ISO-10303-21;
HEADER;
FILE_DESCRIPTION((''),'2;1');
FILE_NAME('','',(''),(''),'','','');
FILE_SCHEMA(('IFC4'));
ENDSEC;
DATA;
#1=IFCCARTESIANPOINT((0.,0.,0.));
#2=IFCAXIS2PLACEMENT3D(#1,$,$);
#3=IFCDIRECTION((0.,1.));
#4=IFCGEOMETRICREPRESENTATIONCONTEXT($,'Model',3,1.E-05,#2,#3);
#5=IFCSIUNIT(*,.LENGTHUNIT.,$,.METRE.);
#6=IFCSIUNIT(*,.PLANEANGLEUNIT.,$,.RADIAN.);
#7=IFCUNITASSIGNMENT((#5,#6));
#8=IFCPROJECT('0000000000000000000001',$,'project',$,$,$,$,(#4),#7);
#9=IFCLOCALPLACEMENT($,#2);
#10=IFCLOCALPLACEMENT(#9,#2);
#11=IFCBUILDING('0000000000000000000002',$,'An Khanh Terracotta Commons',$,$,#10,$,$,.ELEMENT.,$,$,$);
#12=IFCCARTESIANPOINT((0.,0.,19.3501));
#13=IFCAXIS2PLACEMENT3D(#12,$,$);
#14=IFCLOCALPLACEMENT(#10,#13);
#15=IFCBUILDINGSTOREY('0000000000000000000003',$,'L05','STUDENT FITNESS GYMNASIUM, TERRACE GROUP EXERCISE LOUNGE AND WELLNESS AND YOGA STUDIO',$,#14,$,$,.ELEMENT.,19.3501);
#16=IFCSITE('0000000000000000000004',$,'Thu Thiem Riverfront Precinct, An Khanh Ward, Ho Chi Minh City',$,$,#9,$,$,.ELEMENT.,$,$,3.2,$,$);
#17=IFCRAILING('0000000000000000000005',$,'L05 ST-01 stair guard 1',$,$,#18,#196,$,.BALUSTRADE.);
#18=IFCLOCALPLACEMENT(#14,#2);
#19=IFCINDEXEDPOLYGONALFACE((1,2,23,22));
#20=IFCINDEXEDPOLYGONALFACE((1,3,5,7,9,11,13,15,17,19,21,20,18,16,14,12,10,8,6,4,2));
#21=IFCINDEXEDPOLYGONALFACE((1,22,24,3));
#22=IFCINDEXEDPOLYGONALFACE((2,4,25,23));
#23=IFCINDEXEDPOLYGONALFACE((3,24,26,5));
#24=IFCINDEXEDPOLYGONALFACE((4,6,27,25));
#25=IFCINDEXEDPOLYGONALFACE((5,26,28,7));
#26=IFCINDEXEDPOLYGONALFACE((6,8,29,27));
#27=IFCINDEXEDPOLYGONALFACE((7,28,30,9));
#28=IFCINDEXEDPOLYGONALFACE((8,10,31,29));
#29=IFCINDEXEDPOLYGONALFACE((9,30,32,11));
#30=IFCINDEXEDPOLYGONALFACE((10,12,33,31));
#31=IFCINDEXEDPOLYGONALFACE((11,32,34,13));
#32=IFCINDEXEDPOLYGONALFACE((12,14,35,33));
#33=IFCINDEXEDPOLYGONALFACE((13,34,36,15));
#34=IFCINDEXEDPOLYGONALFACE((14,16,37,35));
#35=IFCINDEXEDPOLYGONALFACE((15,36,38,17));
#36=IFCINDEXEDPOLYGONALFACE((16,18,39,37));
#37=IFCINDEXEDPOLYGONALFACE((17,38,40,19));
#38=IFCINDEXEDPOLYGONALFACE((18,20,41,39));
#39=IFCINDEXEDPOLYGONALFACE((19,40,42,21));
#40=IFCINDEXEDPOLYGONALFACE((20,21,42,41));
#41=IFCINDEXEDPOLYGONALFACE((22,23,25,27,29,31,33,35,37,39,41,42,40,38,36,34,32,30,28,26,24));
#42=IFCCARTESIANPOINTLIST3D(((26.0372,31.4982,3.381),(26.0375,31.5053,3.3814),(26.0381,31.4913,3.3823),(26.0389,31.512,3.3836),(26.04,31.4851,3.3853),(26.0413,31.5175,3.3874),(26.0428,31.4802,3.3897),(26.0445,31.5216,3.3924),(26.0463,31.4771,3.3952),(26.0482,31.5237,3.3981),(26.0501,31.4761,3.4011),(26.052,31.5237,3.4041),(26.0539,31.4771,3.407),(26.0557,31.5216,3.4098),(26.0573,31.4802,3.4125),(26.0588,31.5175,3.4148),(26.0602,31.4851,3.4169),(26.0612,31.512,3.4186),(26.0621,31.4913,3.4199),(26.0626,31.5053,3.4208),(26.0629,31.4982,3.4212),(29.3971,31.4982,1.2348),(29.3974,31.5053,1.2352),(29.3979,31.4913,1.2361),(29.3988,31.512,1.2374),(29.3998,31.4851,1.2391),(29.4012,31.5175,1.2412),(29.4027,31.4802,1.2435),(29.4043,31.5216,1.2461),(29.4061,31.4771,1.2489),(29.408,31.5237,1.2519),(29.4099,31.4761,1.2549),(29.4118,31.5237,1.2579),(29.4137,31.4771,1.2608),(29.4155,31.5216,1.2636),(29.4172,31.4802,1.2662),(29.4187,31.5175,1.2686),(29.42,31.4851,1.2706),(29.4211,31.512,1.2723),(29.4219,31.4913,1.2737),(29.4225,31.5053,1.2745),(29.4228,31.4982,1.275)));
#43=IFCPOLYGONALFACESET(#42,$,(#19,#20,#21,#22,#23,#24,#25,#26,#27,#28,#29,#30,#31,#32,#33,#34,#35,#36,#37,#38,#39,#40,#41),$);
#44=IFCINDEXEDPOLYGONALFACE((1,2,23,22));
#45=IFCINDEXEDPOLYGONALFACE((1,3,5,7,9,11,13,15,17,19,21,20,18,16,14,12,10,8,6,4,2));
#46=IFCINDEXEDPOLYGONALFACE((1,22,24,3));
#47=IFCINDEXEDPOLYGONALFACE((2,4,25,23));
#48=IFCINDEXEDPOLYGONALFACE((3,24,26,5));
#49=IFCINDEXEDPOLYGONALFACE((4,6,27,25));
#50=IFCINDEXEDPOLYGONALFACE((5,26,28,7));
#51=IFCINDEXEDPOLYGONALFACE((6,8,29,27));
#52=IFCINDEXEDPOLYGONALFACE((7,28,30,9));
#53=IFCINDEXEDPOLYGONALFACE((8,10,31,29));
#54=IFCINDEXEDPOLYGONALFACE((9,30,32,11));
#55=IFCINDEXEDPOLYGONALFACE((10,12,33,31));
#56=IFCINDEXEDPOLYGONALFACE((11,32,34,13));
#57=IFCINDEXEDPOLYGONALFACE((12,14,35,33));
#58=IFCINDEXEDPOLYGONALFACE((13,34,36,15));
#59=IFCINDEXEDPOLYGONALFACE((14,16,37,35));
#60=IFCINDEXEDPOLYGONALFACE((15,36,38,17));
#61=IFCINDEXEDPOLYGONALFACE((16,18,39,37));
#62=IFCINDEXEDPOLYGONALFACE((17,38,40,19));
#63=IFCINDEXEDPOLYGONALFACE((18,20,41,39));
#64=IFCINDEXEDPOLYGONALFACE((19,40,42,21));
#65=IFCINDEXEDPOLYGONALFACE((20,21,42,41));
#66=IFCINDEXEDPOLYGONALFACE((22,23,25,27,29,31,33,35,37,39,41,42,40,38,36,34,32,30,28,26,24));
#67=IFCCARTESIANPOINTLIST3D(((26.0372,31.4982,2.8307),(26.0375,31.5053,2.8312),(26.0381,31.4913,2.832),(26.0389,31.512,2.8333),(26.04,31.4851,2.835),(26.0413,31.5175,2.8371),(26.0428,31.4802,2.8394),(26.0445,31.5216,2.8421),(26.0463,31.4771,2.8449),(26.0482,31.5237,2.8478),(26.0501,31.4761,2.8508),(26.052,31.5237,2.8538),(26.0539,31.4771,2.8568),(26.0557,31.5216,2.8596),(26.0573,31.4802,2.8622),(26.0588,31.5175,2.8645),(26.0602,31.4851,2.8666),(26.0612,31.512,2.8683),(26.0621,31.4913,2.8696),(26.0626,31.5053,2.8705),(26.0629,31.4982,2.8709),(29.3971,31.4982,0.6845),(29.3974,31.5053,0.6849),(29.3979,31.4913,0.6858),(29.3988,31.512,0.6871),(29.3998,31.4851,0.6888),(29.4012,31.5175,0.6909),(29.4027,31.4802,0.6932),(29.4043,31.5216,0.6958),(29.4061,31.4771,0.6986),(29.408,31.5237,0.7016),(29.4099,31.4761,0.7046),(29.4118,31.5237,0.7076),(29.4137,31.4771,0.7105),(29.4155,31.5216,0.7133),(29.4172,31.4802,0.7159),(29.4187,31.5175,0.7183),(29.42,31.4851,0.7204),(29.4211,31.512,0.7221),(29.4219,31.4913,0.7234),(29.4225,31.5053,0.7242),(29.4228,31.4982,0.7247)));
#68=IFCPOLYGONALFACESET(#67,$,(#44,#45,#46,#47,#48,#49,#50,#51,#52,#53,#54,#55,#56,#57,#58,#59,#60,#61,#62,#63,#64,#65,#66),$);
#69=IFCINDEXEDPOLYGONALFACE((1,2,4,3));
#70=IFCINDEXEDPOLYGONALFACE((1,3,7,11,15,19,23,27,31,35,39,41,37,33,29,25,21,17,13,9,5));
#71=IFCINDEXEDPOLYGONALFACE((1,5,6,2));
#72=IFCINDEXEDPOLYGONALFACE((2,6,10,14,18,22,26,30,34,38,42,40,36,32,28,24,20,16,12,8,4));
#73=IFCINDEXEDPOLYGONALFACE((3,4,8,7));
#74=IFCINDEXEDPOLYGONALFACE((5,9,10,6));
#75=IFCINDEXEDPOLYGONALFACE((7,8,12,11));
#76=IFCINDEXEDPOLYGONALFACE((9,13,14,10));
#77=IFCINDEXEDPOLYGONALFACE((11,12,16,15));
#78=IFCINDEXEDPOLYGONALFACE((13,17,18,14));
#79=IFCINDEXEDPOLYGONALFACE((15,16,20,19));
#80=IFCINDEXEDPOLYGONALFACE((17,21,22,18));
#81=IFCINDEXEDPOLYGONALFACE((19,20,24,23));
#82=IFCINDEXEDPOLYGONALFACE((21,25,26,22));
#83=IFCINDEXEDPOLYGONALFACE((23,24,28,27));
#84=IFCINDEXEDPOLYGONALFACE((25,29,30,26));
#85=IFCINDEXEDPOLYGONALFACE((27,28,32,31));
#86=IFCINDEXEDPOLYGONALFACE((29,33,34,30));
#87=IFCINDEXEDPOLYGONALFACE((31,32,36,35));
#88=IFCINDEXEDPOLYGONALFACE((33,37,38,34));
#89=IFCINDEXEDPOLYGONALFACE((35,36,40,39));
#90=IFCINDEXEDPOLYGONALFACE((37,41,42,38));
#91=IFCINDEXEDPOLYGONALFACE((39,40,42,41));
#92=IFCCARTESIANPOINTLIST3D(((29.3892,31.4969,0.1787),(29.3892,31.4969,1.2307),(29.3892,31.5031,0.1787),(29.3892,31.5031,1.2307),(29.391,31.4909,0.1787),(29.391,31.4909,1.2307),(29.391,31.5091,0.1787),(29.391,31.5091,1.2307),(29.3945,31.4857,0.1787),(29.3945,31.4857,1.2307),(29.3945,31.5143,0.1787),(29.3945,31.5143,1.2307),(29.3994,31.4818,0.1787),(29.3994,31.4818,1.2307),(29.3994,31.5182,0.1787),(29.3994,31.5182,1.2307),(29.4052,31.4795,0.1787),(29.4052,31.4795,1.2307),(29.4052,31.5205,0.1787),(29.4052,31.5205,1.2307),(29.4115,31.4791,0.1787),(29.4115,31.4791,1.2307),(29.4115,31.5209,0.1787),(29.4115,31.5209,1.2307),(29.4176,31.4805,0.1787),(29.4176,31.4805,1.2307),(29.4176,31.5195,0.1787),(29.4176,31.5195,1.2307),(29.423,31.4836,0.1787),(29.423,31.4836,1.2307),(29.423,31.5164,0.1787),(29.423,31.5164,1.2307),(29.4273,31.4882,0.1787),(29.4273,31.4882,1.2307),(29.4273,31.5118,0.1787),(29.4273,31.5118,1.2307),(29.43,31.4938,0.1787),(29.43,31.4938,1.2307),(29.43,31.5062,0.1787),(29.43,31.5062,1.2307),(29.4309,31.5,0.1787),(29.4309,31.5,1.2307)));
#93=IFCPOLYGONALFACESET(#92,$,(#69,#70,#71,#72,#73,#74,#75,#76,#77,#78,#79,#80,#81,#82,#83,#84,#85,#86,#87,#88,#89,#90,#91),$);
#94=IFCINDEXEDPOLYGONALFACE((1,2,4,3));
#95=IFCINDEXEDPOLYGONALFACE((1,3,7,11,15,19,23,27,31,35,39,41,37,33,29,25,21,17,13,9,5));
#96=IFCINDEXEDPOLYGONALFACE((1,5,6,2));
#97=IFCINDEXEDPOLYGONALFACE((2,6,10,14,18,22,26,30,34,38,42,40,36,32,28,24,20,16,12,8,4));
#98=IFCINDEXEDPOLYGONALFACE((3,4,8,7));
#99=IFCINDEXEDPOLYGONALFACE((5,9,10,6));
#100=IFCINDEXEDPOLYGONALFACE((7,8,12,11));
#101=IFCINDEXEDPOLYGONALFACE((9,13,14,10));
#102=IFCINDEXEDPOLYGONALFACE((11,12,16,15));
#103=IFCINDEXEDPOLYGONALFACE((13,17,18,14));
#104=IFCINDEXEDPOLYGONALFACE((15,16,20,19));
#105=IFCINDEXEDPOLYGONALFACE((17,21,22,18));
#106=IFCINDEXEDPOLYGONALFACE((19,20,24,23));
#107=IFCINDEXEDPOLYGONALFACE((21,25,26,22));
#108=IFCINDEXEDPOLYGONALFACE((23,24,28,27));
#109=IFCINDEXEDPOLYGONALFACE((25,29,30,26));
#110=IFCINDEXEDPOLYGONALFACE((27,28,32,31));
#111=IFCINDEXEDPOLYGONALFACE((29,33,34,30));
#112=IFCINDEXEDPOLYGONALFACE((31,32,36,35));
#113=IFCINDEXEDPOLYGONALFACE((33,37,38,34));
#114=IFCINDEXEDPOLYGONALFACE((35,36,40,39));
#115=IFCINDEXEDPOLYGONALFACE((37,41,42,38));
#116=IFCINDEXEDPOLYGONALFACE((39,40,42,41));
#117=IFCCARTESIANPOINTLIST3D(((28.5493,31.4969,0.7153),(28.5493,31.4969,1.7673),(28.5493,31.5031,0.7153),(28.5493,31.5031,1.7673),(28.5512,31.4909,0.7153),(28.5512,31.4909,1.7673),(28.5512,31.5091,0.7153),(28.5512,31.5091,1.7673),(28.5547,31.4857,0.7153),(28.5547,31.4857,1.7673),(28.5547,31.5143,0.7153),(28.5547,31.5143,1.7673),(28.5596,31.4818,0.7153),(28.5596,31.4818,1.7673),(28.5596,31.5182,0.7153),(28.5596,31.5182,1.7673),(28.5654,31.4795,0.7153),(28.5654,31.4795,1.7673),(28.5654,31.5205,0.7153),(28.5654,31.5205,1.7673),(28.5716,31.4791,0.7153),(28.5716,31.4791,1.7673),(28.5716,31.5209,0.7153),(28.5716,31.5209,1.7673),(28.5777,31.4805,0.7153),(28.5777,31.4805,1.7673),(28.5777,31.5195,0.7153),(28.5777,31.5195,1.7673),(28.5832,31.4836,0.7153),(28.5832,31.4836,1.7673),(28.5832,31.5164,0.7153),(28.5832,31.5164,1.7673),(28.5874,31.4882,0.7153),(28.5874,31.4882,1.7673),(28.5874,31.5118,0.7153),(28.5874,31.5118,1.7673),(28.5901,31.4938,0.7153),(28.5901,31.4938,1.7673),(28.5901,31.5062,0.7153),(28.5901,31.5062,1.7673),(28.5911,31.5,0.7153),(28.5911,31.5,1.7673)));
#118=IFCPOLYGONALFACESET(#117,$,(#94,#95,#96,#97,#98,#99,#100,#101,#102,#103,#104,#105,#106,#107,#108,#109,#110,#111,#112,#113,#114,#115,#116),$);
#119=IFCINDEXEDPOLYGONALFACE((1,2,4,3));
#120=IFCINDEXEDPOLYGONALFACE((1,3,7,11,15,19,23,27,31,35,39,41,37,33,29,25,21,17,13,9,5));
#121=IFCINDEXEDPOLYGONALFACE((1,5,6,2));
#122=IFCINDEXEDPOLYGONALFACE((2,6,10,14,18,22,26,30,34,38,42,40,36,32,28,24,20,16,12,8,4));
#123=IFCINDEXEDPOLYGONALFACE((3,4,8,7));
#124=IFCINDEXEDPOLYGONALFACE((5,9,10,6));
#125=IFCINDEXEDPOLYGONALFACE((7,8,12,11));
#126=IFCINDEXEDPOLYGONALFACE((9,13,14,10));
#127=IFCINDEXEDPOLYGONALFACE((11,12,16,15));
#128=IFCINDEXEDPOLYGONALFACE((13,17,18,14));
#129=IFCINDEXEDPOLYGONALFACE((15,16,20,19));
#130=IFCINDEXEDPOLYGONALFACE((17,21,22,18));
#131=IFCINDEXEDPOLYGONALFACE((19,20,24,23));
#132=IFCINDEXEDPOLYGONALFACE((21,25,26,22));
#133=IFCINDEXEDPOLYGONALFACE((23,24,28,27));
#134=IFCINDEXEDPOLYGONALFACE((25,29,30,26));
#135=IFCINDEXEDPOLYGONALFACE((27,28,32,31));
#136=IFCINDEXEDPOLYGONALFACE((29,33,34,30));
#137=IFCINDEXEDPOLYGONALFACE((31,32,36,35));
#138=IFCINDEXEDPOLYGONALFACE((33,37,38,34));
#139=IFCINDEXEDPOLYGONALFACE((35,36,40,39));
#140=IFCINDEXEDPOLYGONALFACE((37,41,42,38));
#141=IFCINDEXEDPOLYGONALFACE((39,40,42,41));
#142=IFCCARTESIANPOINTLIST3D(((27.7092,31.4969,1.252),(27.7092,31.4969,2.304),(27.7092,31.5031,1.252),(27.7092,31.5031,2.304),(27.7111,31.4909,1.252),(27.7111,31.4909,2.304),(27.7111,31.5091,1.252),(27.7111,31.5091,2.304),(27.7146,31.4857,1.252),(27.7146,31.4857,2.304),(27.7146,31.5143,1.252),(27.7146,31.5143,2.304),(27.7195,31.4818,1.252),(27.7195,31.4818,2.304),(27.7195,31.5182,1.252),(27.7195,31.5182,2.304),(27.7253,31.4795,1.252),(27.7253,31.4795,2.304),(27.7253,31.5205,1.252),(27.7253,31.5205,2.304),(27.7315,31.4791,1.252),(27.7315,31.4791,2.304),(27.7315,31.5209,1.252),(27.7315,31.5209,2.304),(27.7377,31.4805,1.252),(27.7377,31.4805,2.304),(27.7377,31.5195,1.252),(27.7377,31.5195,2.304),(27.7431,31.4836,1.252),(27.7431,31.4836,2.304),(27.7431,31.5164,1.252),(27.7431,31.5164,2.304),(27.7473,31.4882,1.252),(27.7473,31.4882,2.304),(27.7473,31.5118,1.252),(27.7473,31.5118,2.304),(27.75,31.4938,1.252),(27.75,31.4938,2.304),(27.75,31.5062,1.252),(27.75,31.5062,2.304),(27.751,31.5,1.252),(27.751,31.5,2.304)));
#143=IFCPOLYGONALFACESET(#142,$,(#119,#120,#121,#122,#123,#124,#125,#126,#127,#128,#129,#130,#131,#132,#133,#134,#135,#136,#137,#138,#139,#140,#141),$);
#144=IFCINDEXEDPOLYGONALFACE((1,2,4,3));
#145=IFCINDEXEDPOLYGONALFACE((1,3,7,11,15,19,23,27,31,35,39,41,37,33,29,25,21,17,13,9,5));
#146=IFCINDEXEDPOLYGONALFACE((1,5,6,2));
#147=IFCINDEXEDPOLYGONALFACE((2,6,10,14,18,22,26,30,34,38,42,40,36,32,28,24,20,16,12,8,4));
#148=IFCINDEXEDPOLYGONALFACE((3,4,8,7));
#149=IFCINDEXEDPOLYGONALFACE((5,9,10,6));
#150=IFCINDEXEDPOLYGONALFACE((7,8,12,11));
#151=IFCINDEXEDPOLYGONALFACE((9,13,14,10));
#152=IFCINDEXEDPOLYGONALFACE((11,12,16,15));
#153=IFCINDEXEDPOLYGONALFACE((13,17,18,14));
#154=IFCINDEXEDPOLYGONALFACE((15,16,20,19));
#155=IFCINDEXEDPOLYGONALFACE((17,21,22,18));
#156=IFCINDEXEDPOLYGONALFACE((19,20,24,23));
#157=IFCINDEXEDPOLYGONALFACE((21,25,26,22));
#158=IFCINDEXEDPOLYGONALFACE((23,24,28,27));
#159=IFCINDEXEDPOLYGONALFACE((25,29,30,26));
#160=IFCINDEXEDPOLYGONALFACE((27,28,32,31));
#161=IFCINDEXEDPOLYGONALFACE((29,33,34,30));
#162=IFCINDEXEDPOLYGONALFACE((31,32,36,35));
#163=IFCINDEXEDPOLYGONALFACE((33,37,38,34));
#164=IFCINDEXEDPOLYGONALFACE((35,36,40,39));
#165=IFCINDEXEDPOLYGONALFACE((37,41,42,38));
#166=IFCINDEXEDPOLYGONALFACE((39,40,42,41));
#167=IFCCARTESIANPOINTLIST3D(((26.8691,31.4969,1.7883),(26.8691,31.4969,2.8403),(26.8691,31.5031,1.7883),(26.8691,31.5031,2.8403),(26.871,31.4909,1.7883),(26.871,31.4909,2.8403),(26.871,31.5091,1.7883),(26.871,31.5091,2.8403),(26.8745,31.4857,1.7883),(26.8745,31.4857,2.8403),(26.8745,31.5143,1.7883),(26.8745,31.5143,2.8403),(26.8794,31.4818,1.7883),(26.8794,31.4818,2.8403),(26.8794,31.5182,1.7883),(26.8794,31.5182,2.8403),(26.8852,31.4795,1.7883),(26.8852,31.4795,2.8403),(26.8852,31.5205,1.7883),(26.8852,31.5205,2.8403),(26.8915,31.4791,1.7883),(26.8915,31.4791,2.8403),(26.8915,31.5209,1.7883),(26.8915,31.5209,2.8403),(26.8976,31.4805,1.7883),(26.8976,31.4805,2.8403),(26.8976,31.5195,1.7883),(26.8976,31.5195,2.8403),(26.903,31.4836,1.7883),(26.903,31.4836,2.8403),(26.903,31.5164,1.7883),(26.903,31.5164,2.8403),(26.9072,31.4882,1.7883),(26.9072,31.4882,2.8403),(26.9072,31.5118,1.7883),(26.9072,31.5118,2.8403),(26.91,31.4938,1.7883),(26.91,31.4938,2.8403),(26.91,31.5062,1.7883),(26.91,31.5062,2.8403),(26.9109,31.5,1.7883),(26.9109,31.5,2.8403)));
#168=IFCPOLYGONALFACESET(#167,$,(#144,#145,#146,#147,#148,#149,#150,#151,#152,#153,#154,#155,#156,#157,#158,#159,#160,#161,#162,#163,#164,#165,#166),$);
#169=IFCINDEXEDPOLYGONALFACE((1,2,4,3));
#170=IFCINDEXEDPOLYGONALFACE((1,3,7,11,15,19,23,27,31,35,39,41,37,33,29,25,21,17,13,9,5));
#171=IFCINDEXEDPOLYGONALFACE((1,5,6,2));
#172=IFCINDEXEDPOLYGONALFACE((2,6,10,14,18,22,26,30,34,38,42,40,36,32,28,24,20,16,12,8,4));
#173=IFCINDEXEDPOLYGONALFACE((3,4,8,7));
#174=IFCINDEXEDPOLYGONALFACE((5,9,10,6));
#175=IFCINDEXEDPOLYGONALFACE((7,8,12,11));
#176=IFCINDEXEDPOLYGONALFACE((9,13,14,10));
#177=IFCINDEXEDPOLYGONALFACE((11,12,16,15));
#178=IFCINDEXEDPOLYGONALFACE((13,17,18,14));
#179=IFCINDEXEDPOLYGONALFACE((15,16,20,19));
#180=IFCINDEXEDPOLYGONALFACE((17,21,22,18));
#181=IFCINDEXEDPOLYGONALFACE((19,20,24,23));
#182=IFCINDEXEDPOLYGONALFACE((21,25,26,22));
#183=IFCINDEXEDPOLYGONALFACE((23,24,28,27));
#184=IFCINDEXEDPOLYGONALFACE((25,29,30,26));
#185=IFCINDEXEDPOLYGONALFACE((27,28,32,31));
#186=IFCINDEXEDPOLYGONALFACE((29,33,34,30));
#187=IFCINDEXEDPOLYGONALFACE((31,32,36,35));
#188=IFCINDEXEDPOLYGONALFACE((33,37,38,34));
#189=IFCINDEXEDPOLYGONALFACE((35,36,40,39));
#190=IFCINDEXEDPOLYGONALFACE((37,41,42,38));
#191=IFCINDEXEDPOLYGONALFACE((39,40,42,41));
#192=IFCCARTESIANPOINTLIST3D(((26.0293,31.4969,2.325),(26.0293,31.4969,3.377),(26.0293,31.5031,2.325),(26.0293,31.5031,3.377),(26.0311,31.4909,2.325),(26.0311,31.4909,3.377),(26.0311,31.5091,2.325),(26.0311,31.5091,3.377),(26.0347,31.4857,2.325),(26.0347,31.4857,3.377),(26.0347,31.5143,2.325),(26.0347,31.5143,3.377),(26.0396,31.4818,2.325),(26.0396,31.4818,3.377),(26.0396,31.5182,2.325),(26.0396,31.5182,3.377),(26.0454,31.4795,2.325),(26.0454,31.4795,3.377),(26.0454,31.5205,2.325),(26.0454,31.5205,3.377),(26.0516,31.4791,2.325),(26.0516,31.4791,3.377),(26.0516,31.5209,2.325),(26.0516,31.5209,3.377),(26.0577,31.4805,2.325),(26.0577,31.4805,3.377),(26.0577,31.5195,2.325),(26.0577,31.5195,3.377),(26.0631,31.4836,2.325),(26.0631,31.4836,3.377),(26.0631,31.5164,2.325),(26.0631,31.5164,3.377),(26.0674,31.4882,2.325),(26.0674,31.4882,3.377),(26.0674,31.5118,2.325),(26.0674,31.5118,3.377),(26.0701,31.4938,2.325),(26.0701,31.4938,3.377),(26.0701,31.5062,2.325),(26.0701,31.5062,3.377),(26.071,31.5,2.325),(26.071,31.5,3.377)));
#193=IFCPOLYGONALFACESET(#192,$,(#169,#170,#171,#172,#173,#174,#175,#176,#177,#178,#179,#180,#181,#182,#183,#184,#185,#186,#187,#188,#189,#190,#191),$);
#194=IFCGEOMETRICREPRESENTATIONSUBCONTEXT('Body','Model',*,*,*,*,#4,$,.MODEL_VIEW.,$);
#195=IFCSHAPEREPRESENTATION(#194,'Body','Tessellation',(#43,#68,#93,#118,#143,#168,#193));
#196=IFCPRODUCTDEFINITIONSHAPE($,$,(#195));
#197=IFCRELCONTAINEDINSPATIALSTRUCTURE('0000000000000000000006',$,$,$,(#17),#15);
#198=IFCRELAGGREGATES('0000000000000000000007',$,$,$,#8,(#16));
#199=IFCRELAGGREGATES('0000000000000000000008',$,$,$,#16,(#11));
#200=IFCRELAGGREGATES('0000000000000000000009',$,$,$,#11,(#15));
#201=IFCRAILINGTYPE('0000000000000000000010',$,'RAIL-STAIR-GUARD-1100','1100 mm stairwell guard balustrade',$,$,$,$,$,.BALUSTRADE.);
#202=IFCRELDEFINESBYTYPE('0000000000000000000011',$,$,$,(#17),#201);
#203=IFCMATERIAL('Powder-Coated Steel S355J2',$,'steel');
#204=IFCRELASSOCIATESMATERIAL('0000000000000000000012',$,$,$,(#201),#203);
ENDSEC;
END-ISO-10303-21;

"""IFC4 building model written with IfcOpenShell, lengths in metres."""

from ifc_helpers import new_model, si_unit, direction, frame, origin, origin_2d, place, context, subcontext, project, spatial, circle, extrude, material, type_object, element, save


model = new_model("IFC4")

# Units and contexts
model_context = context("Model", 3, precision=1e-05, world=origin(), true_north=direction((0.0, 1.0)))
body_context = subcontext(model_context, "Body", "Model", "MODEL_VIEW")
ifc_project = project(units=[si_unit("LENGTHUNIT", "METRE"), si_unit("PLANEANGLEUNIT", "RADIAN")], contexts=[model_context])

# Site, building, storey
site_placement = place(None, origin())
site = spatial("IfcSite", under=ifc_project, at=site_placement, Name="Thu Thiem Riverfront Precinct, An Khanh Ward, Ho Chi Minh City", CompositionType="ELEMENT", RefElevation=3.2)
building_placement = place(site_placement, origin())
building = spatial("IfcBuilding", under=site, at=building_placement, Name="An Khanh Terracotta Commons", CompositionType="ELEMENT")
storey_placement = place(building_placement, frame((0.0, 0.0, 19.3501)))
storey = spatial("IfcBuildingStorey", under=building, at=storey_placement, Name="L05", Description="STUDENT FITNESS GYMNASIUM, TERRACE GROUP EXERCISE LOUNGE AND WELLNESS AND YOGA STUDIO", CompositionType="ELEMENT", Elevation=19.3501)

# Railing
ifc_material_1 = material(Name="Powder-Coated Steel S355J2", Category="steel")
railing_type_1 = type_object("IfcRailingType", Name="RAIL-STAIR-GUARD-1100", Description="1100 mm stairwell guard balustrade", PredefinedType="BALUSTRADE", material=ifc_material_1)
railing_1_placement = place(storey_placement, frame((29.4099, 31.5, 0.1787)))
element("IfcRailing", 1, at=railing_1_placement, inside=storey, type_object=railing_type_1, Name="L05 ST-01 stair guard 1", PredefinedType="BALUSTRADE", context=body_context, shape_type="SweptSolid", body=[
    extrude(circle(Radius=0.0239, at=origin_2d()), frame((0.0, 0.0, 1.0762), z_axis=(-0.842735, 0.0, 0.538329), x_axis=(0.0, -1.0, 0.0)), (0.0, 0.0, 1.0), 3.9868),
    extrude(circle(Radius=0.0239, at=origin_2d()), frame((0.0, 0.0, 0.5259), z_axis=(-0.842735, 0.0, 0.538329), x_axis=(0.0, -1.0, 0.0)), (0.0, 0.0, 1.0), 3.9868),
    extrude(circle(Radius=0.021, at=origin_2d()), origin(), (0.0, 0.0, 1.0), 1.052),
    extrude(circle(Radius=0.021, at=origin_2d()), frame((-0.8398, 0.0, 0.5366)), (0.0, 0.0, 1.0), 1.052),
    extrude(circle(Radius=0.021, at=origin_2d()), frame((-1.6799, 0.0, 1.0732)), (0.0, 0.0, 1.0), 1.052),
    extrude(circle(Radius=0.021, at=origin_2d()), frame((-2.52, 0.0, 1.6096)), (0.0, 0.0, 1.0), 1.052),
    extrude(circle(Radius=0.021, at=origin_2d()), frame((-3.3599, 0.0, 2.1462)), (0.0, 0.0, 1.0), 1.052),
])

save(model, "model.ifc")
